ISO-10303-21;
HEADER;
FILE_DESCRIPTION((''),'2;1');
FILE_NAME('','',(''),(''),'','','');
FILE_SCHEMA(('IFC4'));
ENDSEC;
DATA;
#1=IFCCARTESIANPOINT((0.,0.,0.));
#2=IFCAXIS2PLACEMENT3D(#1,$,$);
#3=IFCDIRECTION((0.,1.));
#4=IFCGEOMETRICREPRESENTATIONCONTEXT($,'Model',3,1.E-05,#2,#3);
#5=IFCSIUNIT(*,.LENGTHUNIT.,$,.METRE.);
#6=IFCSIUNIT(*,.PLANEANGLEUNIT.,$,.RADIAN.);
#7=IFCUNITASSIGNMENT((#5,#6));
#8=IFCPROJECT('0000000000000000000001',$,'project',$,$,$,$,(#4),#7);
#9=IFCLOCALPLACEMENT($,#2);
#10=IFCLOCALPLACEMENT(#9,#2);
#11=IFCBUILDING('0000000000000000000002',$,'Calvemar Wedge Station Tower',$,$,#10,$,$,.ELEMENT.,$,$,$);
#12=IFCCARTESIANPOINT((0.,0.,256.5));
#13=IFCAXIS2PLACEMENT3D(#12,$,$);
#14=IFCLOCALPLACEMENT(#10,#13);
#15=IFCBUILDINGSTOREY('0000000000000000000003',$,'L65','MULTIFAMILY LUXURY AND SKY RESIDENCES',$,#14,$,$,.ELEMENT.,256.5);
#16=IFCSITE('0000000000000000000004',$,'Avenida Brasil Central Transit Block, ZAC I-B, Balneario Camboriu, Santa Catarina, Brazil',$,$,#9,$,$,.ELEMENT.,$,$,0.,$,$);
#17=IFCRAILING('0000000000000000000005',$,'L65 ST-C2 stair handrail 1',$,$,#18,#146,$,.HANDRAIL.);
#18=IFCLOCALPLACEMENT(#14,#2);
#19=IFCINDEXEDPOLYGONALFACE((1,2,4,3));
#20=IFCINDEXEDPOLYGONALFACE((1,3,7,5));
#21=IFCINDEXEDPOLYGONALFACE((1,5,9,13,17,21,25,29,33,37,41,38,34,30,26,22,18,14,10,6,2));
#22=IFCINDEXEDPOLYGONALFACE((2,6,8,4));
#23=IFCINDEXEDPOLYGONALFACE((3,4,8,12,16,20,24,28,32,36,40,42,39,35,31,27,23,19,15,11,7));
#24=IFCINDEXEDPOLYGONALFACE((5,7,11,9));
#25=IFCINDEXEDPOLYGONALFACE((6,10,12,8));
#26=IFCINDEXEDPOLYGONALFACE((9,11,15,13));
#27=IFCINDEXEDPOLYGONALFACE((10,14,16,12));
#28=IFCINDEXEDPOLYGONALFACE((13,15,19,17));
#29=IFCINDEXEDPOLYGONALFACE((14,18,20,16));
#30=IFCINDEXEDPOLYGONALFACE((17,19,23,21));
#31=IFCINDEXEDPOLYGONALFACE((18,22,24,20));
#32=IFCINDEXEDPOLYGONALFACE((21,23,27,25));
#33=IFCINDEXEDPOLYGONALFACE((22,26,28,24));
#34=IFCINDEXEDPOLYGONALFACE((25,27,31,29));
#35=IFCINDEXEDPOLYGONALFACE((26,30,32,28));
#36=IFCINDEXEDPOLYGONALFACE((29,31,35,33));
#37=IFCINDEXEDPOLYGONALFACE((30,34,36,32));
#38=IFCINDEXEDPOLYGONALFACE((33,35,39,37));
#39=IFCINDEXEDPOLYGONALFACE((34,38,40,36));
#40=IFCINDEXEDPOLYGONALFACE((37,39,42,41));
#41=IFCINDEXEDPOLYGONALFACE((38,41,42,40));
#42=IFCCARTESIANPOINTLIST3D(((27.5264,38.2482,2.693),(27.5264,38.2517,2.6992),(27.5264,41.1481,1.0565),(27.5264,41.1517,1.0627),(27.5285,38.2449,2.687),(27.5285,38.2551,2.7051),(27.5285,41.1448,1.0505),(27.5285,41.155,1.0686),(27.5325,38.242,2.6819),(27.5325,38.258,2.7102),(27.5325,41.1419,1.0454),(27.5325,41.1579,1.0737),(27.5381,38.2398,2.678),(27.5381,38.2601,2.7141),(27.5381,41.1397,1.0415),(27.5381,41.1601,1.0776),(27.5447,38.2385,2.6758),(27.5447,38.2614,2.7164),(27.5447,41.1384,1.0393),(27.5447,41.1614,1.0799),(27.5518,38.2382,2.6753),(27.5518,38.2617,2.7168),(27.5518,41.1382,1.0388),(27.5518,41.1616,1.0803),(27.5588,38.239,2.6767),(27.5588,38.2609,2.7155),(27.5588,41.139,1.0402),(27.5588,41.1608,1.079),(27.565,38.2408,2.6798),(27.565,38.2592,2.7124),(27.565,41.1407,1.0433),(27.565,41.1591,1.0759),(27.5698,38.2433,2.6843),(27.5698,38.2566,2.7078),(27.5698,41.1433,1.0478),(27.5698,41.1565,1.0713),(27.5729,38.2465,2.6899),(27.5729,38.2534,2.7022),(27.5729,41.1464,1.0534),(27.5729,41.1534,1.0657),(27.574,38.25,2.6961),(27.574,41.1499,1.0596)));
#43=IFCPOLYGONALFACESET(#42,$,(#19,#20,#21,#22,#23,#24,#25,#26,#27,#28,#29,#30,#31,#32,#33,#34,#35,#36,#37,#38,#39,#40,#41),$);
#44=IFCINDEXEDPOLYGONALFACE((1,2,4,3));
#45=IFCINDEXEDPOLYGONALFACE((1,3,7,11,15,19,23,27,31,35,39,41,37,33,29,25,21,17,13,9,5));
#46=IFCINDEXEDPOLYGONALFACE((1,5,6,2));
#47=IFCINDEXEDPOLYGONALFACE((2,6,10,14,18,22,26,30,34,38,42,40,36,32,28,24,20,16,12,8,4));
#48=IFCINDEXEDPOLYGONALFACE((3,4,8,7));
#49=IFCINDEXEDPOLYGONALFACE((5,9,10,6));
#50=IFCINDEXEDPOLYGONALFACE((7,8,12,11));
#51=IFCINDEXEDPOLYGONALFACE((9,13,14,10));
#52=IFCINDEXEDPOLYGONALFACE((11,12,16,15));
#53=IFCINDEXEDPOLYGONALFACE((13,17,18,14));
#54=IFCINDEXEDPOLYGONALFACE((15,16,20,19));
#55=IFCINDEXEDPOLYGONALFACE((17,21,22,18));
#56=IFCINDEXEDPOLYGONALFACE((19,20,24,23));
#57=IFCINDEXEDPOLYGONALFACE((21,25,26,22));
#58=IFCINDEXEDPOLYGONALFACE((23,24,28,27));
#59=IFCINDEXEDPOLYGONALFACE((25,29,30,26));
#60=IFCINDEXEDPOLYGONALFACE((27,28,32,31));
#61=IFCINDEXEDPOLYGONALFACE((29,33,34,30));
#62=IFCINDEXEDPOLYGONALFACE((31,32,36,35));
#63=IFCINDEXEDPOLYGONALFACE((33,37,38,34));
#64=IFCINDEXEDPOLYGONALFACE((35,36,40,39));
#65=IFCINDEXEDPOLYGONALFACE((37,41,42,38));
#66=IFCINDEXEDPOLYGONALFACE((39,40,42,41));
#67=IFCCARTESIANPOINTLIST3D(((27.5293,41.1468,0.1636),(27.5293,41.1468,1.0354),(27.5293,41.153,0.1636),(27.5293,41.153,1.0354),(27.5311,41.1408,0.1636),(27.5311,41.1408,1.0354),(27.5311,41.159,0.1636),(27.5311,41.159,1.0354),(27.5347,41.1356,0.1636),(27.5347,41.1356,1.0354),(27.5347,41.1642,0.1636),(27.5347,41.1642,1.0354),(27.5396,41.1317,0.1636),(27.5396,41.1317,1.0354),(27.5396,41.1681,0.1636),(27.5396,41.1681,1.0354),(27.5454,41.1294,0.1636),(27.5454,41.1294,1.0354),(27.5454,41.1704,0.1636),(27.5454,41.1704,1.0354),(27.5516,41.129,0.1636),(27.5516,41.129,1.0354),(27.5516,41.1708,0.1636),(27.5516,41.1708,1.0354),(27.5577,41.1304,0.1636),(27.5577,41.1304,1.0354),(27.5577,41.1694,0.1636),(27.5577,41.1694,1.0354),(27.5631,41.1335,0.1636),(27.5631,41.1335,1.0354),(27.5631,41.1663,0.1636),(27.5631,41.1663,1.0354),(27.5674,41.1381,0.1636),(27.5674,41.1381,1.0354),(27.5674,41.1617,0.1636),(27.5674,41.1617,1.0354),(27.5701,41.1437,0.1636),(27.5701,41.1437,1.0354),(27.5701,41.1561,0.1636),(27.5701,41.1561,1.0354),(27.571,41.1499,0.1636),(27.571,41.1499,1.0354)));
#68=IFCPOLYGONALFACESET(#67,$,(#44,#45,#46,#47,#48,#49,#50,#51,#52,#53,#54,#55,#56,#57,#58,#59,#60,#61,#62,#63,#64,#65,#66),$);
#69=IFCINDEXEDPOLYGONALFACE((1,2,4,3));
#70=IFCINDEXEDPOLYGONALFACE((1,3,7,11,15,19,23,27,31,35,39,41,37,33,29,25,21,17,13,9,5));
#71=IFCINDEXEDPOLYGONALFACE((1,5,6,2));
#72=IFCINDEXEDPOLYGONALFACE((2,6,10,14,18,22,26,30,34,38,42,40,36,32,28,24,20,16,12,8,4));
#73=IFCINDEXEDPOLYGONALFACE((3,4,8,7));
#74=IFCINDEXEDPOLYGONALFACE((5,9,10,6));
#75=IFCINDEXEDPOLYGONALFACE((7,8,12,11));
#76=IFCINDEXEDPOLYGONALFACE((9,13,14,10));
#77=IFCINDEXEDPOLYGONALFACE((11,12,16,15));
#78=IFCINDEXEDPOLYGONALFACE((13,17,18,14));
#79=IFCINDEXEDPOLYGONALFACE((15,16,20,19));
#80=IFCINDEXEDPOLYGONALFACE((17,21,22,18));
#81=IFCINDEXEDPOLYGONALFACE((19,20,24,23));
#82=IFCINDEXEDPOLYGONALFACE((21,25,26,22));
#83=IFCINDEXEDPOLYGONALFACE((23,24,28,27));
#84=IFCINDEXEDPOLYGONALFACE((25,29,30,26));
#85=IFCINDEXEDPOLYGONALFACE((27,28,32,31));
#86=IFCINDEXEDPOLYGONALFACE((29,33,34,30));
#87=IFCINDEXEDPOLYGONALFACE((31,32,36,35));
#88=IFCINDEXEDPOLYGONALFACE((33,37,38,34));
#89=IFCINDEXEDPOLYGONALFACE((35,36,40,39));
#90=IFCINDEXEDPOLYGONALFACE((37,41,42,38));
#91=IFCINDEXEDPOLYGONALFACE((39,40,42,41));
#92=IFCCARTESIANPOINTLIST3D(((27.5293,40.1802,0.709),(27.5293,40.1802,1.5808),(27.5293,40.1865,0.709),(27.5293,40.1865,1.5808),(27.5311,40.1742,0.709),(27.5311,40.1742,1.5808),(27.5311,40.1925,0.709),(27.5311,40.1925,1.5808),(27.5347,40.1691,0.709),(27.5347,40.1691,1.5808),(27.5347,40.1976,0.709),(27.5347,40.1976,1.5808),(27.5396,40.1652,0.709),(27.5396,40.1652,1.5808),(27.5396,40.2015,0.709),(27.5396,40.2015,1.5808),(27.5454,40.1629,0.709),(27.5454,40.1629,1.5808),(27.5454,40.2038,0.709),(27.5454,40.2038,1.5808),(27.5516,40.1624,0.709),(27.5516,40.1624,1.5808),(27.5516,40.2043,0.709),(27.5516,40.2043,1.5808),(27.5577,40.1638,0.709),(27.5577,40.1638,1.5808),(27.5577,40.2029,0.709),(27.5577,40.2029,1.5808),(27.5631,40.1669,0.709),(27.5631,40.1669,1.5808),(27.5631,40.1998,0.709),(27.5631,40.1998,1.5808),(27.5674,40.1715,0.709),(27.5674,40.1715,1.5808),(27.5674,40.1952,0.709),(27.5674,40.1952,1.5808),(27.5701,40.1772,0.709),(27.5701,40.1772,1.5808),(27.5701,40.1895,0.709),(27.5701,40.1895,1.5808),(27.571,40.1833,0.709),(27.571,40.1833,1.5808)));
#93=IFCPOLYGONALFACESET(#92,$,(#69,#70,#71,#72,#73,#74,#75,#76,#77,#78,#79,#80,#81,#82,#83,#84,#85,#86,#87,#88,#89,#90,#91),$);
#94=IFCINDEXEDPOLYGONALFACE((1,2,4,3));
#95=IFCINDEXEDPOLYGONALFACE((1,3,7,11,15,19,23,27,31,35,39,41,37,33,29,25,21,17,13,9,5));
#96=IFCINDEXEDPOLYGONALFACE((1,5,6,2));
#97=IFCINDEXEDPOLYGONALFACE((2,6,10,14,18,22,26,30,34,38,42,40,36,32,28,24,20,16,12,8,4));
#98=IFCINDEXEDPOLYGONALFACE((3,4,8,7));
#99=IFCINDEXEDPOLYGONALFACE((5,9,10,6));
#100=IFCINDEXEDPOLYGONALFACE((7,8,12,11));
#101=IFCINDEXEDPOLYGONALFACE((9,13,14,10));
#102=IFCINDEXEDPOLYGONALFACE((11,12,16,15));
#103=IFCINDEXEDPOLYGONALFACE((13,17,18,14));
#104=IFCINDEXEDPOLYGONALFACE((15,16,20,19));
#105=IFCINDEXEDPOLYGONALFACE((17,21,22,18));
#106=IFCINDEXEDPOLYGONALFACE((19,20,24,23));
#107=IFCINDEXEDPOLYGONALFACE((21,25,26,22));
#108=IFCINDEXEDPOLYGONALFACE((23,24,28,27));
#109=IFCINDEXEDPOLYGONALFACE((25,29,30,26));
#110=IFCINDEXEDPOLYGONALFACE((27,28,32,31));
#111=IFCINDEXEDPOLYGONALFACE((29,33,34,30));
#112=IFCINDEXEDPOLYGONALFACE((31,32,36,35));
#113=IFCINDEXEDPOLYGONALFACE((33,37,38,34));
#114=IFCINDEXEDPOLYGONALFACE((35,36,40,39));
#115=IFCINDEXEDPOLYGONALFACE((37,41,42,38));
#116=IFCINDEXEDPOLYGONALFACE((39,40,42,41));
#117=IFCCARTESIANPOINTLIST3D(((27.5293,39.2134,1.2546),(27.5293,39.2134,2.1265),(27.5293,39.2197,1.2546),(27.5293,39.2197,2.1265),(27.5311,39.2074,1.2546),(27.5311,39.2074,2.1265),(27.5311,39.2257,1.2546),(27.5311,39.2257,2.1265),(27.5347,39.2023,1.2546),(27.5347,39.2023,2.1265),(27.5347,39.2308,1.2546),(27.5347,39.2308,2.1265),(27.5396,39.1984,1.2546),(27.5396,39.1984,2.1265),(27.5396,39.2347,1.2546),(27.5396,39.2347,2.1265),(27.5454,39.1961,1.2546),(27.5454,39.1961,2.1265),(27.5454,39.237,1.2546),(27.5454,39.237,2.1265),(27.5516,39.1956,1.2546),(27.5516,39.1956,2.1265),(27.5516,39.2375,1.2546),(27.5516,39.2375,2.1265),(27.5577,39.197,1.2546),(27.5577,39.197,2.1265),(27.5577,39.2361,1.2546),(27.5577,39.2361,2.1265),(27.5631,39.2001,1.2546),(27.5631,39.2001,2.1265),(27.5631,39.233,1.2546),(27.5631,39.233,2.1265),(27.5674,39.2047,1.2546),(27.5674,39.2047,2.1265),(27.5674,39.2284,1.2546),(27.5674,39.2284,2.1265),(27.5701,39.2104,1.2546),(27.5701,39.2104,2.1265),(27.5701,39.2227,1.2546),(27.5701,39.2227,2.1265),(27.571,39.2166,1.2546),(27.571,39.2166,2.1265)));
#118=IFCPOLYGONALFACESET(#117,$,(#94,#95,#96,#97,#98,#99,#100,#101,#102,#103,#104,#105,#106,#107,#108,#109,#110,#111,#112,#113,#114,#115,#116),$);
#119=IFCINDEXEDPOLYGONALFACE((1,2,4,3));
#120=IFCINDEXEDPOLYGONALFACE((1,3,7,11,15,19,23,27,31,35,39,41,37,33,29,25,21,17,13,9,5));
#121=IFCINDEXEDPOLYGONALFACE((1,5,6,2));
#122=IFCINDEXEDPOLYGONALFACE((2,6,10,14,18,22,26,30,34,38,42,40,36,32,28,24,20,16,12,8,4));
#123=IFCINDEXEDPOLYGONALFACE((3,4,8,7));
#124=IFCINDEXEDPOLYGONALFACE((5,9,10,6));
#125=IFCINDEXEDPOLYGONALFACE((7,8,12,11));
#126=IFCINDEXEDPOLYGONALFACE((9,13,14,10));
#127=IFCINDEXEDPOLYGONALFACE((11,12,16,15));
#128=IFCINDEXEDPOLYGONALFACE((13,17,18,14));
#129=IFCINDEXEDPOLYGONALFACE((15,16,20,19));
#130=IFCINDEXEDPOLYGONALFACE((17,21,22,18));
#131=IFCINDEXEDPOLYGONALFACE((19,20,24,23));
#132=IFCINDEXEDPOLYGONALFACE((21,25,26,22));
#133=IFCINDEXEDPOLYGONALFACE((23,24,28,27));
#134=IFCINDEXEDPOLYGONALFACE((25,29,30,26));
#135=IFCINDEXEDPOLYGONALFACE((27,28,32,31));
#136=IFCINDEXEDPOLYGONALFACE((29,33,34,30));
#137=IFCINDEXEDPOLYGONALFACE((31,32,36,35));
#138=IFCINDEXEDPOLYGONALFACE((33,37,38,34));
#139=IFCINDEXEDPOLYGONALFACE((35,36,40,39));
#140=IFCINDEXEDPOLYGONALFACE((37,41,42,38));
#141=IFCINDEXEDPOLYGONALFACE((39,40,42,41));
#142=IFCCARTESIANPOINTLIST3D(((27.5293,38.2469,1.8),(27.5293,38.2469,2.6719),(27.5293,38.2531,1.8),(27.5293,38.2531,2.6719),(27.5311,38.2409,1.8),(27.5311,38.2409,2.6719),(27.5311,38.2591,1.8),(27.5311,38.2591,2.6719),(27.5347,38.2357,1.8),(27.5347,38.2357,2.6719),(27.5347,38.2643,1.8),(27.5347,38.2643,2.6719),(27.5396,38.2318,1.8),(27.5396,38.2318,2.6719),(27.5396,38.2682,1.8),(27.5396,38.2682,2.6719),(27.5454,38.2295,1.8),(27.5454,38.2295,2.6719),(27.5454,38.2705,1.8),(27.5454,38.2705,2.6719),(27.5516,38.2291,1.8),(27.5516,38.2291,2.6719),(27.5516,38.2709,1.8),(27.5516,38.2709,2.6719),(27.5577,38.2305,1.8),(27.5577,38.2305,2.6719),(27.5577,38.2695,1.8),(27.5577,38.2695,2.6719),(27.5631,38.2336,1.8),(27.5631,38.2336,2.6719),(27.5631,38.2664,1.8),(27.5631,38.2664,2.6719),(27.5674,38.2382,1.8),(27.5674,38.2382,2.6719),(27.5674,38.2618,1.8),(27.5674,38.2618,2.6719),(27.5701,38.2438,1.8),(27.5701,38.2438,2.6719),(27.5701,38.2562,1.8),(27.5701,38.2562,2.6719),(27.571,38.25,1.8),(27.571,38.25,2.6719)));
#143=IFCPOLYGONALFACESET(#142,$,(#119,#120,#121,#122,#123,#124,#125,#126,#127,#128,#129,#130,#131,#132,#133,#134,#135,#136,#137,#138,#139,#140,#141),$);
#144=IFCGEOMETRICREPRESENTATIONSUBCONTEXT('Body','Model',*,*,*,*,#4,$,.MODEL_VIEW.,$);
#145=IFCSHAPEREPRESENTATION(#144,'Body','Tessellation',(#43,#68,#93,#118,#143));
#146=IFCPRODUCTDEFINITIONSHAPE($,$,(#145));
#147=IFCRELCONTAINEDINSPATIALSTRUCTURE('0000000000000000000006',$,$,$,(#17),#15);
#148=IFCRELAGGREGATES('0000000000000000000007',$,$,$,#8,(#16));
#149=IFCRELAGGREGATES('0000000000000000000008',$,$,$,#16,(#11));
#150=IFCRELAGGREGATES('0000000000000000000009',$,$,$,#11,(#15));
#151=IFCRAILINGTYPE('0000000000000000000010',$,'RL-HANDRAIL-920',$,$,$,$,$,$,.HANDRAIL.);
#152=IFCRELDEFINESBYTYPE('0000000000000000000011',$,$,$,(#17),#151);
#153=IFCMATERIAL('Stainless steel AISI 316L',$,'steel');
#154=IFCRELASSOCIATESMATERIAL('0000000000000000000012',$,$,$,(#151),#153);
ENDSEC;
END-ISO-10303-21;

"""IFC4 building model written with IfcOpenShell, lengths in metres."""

from ifc_helpers import new_model, si_unit, direction, frame, origin, origin_2d, place, context, subcontext, project, spatial, circle, extrude, material, type_object, element, save


model = new_model("IFC4")

# Units and contexts
model_context = context("Model", 3, precision=1e-05, world=origin(), true_north=direction((0.0, 1.0)))
body_context = subcontext(model_context, "Body", "Model", "MODEL_VIEW")
ifc_project = project(units=[si_unit("LENGTHUNIT", "METRE"), si_unit("PLANEANGLEUNIT", "RADIAN")], contexts=[model_context])

# Site, building, storey
site_placement = place(None, origin())
site = spatial("IfcSite", under=ifc_project, at=site_placement, Name="Avenida Brasil Central Transit Block, ZAC I-B, Balneario Camboriu, Santa Catarina, Brazil", CompositionType="ELEMENT", RefElevation=0.0)
building_placement = place(site_placement, origin())
building = spatial("IfcBuilding", under=site, at=building_placement, Name="Calvemar Wedge Station Tower", CompositionType="ELEMENT")
storey_placement = place(building_placement, frame((0.0, 0.0, 256.5)))
storey = spatial("IfcBuildingStorey", under=building, at=storey_placement, Name="L65", Description="MULTIFAMILY LUXURY AND SKY RESIDENCES", CompositionType="ELEMENT", Elevation=256.5)

# Railing
ifc_material_1 = material(Name="Stainless steel AISI 316L", Category="steel")
railing_type_1 = type_object("IfcRailingType", Name="RL-HANDRAIL-920", PredefinedType="HANDRAIL", material=ifc_material_1)
railing_1_placement = place(storey_placement, frame((27.55, 41.1499, 0.1636)))
element("IfcRailing", 1, at=railing_1_placement, inside=storey, type_object=railing_type_1, Name="L65 ST-C2 stair handrail 1", PredefinedType="HANDRAIL", context=body_context, shape_type="SweptSolid", body=[
    extrude(circle(Radius=0.0239, at=origin_2d()), frame((0.0, 0.0, 0.896), z_axis=(0.0, -0.870897, 0.491465), x_axis=(1.0, 0.0, 0.0)), (0.0, 0.0, 1.0), 3.3298),
    extrude(circle(Radius=0.021, at=origin_2d()), origin(), (0.0, 0.0, 1.0), 0.8718),
    extrude(circle(Radius=0.021, at=origin_2d()), frame((0.0, -0.9666, 0.5454)), (0.0, 0.0, 1.0), 0.8718),
    extrude(circle(Radius=0.021, at=origin_2d()), frame((0.0, -1.9333, 1.0911)), (0.0, 0.0, 1.0), 0.8718),
    extrude(circle(Radius=0.021, at=origin_2d()), frame((0.0, -2.8999, 1.6365)), (0.0, 0.0, 1.0), 0.8718),
])

save(model, "model.ifc")
